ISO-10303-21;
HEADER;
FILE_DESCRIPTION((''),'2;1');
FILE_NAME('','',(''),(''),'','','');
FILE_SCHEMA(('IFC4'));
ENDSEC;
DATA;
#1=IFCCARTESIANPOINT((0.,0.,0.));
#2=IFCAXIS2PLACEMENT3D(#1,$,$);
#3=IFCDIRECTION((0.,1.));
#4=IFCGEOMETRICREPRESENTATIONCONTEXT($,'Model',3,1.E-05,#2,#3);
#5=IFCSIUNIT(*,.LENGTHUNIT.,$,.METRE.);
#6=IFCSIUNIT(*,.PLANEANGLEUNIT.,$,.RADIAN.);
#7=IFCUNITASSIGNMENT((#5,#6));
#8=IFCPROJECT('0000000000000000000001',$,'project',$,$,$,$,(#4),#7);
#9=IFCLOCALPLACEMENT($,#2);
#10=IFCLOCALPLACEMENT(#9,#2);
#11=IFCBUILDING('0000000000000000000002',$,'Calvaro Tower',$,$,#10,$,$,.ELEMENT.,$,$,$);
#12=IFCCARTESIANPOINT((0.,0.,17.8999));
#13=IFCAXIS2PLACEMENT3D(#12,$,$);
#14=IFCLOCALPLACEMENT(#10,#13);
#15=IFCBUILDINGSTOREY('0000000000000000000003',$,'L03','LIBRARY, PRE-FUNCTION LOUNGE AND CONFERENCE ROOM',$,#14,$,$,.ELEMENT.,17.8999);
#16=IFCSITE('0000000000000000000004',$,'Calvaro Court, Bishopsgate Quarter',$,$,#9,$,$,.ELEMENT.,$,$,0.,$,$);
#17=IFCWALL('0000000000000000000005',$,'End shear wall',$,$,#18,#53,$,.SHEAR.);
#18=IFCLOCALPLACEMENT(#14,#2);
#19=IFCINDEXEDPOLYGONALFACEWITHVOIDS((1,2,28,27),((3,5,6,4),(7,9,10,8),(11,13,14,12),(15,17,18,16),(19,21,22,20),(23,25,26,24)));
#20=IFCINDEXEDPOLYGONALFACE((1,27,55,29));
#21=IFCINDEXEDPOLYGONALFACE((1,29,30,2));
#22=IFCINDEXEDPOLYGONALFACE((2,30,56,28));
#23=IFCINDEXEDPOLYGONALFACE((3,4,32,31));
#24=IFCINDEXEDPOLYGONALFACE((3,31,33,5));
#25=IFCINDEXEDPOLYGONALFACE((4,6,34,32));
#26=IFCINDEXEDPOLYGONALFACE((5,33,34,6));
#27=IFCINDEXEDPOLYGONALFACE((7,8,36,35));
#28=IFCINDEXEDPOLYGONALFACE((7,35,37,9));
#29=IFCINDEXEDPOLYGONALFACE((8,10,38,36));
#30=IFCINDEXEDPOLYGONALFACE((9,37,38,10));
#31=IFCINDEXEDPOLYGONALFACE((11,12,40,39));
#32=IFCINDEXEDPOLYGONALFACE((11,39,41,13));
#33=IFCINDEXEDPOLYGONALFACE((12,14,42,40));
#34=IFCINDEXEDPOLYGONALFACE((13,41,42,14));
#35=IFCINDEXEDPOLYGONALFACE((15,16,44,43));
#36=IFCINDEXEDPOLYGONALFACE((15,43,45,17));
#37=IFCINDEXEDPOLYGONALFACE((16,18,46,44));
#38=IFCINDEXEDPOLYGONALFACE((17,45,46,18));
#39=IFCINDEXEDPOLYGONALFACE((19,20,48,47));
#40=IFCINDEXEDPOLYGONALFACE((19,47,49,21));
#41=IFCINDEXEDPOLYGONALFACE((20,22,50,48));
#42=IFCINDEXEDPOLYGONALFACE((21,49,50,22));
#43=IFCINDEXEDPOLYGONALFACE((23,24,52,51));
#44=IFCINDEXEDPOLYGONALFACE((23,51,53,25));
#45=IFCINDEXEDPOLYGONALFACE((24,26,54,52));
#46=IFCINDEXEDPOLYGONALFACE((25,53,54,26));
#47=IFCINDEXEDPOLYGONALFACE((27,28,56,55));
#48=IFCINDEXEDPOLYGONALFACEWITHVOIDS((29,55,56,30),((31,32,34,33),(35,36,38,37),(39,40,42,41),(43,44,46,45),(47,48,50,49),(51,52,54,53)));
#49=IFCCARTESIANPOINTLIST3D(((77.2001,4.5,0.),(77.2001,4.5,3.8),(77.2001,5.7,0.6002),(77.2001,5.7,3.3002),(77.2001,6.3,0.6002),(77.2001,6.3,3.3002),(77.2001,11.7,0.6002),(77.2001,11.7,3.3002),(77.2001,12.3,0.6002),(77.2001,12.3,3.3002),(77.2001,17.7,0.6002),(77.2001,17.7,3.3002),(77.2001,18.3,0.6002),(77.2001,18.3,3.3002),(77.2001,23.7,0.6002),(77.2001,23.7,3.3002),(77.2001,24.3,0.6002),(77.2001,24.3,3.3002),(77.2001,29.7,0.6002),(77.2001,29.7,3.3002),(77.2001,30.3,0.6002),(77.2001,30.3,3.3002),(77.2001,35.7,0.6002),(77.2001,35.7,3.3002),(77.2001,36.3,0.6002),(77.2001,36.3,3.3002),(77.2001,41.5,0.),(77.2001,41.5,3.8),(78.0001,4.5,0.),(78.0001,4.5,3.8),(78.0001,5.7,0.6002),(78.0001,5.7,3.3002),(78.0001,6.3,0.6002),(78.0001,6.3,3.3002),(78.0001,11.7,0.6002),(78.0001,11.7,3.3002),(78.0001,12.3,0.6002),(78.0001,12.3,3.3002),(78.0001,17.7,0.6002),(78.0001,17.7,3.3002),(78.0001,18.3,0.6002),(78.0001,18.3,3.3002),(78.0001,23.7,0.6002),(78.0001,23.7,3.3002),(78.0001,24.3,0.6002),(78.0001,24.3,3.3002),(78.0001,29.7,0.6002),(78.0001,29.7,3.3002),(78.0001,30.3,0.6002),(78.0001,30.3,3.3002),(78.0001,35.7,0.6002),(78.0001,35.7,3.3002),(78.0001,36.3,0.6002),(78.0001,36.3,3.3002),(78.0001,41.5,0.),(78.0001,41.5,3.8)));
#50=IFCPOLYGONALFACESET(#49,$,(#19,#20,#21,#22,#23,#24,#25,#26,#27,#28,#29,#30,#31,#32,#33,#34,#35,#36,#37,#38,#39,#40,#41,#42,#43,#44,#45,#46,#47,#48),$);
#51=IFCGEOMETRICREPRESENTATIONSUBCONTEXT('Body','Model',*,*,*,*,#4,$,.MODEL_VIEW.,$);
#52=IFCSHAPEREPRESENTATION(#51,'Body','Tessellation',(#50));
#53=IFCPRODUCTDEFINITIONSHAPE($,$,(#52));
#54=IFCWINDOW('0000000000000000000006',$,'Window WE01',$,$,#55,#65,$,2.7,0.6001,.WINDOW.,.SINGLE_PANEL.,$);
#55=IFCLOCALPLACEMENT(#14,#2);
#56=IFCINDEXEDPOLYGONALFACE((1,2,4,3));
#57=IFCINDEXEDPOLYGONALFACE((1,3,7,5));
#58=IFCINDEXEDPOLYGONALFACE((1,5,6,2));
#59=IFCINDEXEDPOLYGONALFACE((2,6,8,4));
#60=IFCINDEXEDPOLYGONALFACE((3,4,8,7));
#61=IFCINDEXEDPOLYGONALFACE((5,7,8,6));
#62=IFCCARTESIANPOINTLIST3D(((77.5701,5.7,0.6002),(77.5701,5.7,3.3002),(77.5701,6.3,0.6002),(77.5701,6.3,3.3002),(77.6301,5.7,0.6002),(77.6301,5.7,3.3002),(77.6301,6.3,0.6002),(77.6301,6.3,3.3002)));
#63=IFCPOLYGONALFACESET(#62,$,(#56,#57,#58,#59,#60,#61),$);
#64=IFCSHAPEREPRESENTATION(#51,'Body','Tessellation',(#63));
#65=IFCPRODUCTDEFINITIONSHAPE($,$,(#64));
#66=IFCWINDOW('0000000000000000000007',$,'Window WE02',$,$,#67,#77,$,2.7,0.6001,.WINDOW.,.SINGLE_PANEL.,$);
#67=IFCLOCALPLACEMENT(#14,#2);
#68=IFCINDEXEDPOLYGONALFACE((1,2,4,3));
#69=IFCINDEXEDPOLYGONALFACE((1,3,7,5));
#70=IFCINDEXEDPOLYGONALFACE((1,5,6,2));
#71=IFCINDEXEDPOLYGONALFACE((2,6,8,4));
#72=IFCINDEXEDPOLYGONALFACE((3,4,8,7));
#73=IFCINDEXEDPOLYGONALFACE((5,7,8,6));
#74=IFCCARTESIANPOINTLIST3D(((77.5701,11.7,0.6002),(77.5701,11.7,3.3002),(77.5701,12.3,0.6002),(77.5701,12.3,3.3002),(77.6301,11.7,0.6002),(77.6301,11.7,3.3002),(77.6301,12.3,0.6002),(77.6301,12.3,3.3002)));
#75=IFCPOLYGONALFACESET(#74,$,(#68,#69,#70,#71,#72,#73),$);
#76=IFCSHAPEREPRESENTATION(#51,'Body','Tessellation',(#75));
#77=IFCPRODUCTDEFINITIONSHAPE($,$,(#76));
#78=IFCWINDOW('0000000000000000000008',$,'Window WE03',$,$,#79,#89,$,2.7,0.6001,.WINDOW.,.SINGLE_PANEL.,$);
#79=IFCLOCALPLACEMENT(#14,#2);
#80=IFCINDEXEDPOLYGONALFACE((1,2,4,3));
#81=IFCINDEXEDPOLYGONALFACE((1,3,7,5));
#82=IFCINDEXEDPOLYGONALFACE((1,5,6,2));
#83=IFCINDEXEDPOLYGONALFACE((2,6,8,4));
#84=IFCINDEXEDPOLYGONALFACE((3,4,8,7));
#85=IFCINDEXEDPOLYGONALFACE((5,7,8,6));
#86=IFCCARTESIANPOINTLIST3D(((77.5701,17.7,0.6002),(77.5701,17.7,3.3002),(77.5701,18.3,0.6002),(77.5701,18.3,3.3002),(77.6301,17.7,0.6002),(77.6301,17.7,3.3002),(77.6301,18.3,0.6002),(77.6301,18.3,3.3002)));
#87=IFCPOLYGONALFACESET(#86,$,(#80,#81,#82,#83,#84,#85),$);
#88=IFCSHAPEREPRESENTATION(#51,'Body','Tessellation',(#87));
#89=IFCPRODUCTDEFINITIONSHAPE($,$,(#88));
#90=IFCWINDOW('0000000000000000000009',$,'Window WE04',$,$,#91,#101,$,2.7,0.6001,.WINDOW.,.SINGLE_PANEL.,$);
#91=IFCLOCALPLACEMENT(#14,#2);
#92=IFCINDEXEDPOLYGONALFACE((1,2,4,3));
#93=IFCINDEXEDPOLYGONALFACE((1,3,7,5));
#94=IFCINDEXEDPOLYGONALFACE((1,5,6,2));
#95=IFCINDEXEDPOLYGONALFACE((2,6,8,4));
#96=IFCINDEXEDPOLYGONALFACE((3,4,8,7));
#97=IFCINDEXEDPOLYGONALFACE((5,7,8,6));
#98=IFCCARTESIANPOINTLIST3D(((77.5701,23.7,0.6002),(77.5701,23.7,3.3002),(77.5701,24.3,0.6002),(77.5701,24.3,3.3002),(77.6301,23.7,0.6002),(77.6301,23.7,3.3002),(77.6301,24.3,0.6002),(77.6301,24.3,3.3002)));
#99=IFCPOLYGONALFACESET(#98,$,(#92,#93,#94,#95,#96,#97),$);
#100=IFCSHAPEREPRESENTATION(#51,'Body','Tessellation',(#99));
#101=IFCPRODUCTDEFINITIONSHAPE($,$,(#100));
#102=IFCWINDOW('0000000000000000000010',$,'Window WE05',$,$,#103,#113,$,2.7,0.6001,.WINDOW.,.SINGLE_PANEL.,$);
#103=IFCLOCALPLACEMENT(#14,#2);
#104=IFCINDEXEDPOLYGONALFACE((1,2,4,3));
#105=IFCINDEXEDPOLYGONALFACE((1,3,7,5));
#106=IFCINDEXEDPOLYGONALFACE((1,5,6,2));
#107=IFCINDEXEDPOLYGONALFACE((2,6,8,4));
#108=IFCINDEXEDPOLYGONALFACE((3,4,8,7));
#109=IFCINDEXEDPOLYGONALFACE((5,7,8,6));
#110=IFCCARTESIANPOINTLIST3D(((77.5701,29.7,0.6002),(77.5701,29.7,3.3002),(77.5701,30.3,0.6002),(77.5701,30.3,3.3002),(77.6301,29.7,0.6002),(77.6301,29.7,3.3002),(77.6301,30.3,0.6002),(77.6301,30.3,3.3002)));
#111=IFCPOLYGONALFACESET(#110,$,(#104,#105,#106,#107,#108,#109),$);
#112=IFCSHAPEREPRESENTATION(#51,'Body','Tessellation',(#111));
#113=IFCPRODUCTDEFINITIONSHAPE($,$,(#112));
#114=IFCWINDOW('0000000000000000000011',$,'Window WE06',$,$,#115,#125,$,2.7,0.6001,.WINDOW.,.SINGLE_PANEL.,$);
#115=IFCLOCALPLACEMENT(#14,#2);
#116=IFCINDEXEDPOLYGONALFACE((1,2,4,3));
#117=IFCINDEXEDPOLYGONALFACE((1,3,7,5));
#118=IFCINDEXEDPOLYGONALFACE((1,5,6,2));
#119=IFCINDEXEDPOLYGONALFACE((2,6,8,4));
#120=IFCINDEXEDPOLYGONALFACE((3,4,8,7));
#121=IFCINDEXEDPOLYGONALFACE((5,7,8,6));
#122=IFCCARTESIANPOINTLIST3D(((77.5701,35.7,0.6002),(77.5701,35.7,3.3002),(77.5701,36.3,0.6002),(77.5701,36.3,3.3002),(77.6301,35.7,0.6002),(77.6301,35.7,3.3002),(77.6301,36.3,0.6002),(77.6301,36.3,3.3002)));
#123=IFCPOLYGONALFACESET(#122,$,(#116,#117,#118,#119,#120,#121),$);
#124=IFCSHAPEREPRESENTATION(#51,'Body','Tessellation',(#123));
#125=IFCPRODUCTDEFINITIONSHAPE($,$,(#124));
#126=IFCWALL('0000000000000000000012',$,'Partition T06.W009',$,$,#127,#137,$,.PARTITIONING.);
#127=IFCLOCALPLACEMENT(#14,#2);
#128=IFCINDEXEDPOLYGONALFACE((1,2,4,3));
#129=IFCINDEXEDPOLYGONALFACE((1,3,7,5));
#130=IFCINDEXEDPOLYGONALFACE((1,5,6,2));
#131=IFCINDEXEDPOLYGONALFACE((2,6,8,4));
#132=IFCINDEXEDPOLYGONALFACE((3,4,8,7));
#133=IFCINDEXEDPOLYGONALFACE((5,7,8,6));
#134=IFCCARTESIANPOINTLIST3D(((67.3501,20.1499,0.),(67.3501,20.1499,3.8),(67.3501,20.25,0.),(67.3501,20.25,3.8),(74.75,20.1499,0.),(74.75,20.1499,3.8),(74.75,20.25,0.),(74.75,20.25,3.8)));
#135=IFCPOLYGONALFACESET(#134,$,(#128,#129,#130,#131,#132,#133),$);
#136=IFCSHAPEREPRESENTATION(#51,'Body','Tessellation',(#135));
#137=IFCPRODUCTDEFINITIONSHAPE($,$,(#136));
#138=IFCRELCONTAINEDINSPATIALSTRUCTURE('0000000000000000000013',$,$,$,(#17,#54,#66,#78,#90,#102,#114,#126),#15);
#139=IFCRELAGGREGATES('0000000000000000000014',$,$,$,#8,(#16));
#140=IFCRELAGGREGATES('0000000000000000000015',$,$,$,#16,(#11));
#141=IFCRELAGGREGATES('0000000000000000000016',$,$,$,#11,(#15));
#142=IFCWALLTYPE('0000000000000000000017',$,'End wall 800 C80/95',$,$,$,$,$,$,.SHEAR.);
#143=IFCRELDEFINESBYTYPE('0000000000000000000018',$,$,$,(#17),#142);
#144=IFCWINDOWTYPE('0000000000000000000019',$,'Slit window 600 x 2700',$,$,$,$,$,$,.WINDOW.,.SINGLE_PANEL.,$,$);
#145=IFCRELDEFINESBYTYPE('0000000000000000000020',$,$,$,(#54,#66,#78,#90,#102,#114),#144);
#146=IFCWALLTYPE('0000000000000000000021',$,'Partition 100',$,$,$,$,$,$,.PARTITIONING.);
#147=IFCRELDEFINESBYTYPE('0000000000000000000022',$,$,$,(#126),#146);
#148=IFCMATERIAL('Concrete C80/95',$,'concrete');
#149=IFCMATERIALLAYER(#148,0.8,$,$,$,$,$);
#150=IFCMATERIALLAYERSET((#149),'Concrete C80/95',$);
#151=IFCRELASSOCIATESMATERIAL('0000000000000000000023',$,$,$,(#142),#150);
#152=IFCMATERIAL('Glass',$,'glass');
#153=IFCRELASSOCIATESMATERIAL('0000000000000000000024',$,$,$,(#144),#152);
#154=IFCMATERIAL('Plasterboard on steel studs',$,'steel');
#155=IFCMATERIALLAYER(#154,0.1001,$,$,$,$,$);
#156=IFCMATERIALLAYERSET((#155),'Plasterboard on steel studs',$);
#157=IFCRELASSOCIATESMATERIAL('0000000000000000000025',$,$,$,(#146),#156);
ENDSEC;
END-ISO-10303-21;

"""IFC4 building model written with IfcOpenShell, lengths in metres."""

from ifc_helpers import new_model, si_unit, direction, frame, frame_2d, origin, place, context, subcontext, project, spatial, rectangle, extrude, material, layer, layer_set, type_object, element, fill, save


model = new_model("IFC4")

# Units and contexts
model_context = context("Model", 3, precision=1e-05, world=origin(), true_north=direction((0.0, 1.0)))
body_context = subcontext(model_context, "Body", "Model", "MODEL_VIEW")
ifc_project = project(units=[si_unit("LENGTHUNIT", "METRE"), si_unit("PLANEANGLEUNIT", "RADIAN")], contexts=[model_context])

# Site, building, storey
site_placement = place(None, origin())
site = spatial("IfcSite", under=ifc_project, at=site_placement, Name="Calvaro Court, Bishopsgate Quarter", CompositionType="ELEMENT", RefElevation=0.0)
building_placement = place(site_placement, origin())
building = spatial("IfcBuilding", under=site, at=building_placement, Name="Calvaro Tower", CompositionType="ELEMENT")
storey_placement = place(building_placement, frame((0.0, 0.0, 17.8999)))
storey = spatial("IfcBuildingStorey", under=building, at=storey_placement, Name="L03", Description="LIBRARY, PRE-FUNCTION LOUNGE AND CONFERENCE ROOM", CompositionType="ELEMENT", Elevation=17.8999)

# Wall, openings, windows
ifc_material_1 = material(Name="Concrete C80/95", Category="concrete")
ifc_layer_1 = layer(ifc_material_1, 0.8)
ifc_layer_set_1 = layer_set([ifc_layer_1], Name="Concrete C80/95")
wall_type_1 = type_object("IfcWallType", Name="End wall 800 C80/95", PredefinedType="SHEAR", material=ifc_layer_set_1)
wall_1_placement = place(storey_placement, frame((77.6001, 4.5, 0.0), z_axis=(0.0, 0.0, 1.0), x_axis=(0.0, 1.0, 0.0)))
wall_1 = element("IfcWall", 1, at=wall_1_placement, inside=storey, type_object=wall_type_1, Name="End shear wall", PredefinedType="SHEAR", context=body_context, shape_type="SweptSolid", body=[
    extrude(rectangle(XDim=37.0, YDim=0.8, at=frame_2d((18.5, 0.0))), origin(), (0.0, 0.0, 1.0), 3.8),
])
opening_1_placement = place(wall_1_placement, frame((1.2, 0.0, 0.6001)))
opening_1 = element("IfcOpeningElement", 2, at=opening_1_placement, cuts=wall_1, PredefinedType="OPENING", context=body_context, shape_type="SweptSolid", body=[
    extrude(rectangle(XDim=0.6001, YDim=2.7, at=frame_2d((0.3, 1.3501))), frame((0.0, 0.4099, 0.0), z_axis=(0.0, -1.0, 0.0), x_axis=(1.0, 0.0, 0.0)), (0.0, 0.0, 1.0), 0.8201),
])
opening_2_placement = place(wall_1_placement, frame((7.2, 0.0, 0.6001)))
opening_2 = element("IfcOpeningElement", 3, at=opening_2_placement, cuts=wall_1, PredefinedType="OPENING", context=body_context, shape_type="SweptSolid", body=[
    extrude(rectangle(XDim=0.6001, YDim=2.7, at=frame_2d((0.3, 1.3501))), frame((0.0, 0.4099, 0.0), z_axis=(0.0, -1.0, 0.0), x_axis=(1.0, 0.0, 0.0)), (0.0, 0.0, 1.0), 0.8201),
])
opening_3_placement = place(wall_1_placement, frame((13.2, 0.0, 0.6001)))
opening_3 = element("IfcOpeningElement", 4, at=opening_3_placement, cuts=wall_1, PredefinedType="OPENING", context=body_context, shape_type="SweptSolid", body=[
    extrude(rectangle(XDim=0.6001, YDim=2.7, at=frame_2d((0.3, 1.3501))), frame((0.0, 0.4099, 0.0), z_axis=(0.0, -1.0, 0.0), x_axis=(1.0, 0.0, 0.0)), (0.0, 0.0, 1.0), 0.8201),
])
opening_4_placement = place(wall_1_placement, frame((19.2, 0.0, 0.6001)))
opening_4 = element("IfcOpeningElement", 5, at=opening_4_placement, cuts=wall_1, PredefinedType="OPENING", context=body_context, shape_type="SweptSolid", body=[
    extrude(rectangle(XDim=0.6001, YDim=2.7, at=frame_2d((0.3, 1.3501))), frame((0.0, 0.4099, 0.0), z_axis=(0.0, -1.0, 0.0), x_axis=(1.0, 0.0, 0.0)), (0.0, 0.0, 1.0), 0.8201),
])
opening_5_placement = place(wall_1_placement, frame((25.2, 0.0, 0.6001)))
opening_5 = element("IfcOpeningElement", 6, at=opening_5_placement, cuts=wall_1, PredefinedType="OPENING", context=body_context, shape_type="SweptSolid", body=[
    extrude(rectangle(XDim=0.6001, YDim=2.7, at=frame_2d((0.3, 1.3501))), frame((0.0, 0.4099, 0.0), z_axis=(0.0, -1.0, 0.0), x_axis=(1.0, 0.0, 0.0)), (0.0, 0.0, 1.0), 0.8201),
])
opening_6_placement = place(wall_1_placement, frame((31.2, 0.0, 0.6001)))
opening_6 = element("IfcOpeningElement", 7, at=opening_6_placement, cuts=wall_1, PredefinedType="OPENING", context=body_context, shape_type="SweptSolid", body=[
    extrude(rectangle(XDim=0.6001, YDim=2.7, at=frame_2d((0.3, 1.3501))), frame((0.0, 0.4099, 0.0), z_axis=(0.0, -1.0, 0.0), x_axis=(1.0, 0.0, 0.0)), (0.0, 0.0, 1.0), 0.8201),
])
ifc_material_2 = material(Name="Glass", Category="glass")
window_type = type_object("IfcWindowType", Name="Slit window 600 x 2700", PartitioningType="SINGLE_PANEL", PredefinedType="WINDOW", material=ifc_material_2)
window_1_placement = place(opening_1_placement, origin())
window_1 = element("IfcWindow", 8, at=window_1_placement, inside=storey, type_object=window_type, Name="Window WE01", OverallHeight=2.7, OverallWidth=0.6001, PartitioningType="SINGLE_PANEL", PredefinedType="WINDOW", context=body_context, shape_type="SweptSolid", body=[
    extrude(rectangle(XDim=0.6001, YDim=2.7, at=frame_2d((0.3, 1.3501))), frame((0.0, 0.03, 0.0), z_axis=(0.0, -1.0, 0.0), x_axis=(1.0, 0.0, 0.0)), (0.0, 0.0, 1.0), 0.0601),
])
fill(opening_1, window_1)
window_2_placement = place(opening_2_placement, origin())
window_2 = element("IfcWindow", 9, at=window_2_placement, inside=storey, type_object=window_type, Name="Window WE02", OverallHeight=2.7, OverallWidth=0.6001, PartitioningType="SINGLE_PANEL", PredefinedType="WINDOW", context=body_context, shape_type="SweptSolid", body=[
    extrude(rectangle(XDim=0.6001, YDim=2.7, at=frame_2d((0.3, 1.3501))), frame((0.0, 0.03, 0.0), z_axis=(0.0, -1.0, 0.0), x_axis=(1.0, 0.0, 0.0)), (0.0, 0.0, 1.0), 0.0601),
])
fill(opening_2, window_2)
window_3_placement = place(opening_3_placement, origin())
window_3 = element("IfcWindow", 10, at=window_3_placement, inside=storey, type_object=window_type, Name="Window WE03", OverallHeight=2.7, OverallWidth=0.6001, PartitioningType="SINGLE_PANEL", PredefinedType="WINDOW", context=body_context, shape_type="SweptSolid", body=[
    extrude(rectangle(XDim=0.6001, YDim=2.7, at=frame_2d((0.3, 1.3501))), frame((0.0, 0.03, 0.0), z_axis=(0.0, -1.0, 0.0), x_axis=(1.0, 0.0, 0.0)), (0.0, 0.0, 1.0), 0.0601),
])
fill(opening_3, window_3)
window_4_placement = place(opening_4_placement, origin())
window_4 = element("IfcWindow", 11, at=window_4_placement, inside=storey, type_object=window_type, Name="Window WE04", OverallHeight=2.7, OverallWidth=0.6001, PartitioningType="SINGLE_PANEL", PredefinedType="WINDOW", context=body_context, shape_type="SweptSolid", body=[
    extrude(rectangle(XDim=0.6001, YDim=2.7, at=frame_2d((0.3, 1.3501))), frame((0.0, 0.03, 0.0), z_axis=(0.0, -1.0, 0.0), x_axis=(1.0, 0.0, 0.0)), (0.0, 0.0, 1.0), 0.0601),
])
fill(opening_4, window_4)
window_5_placement = place(opening_5_placement, origin())
window_5 = element("IfcWindow", 12, at=window_5_placement, inside=storey, type_object=window_type, Name="Window WE05", OverallHeight=2.7, OverallWidth=0.6001, PartitioningType="SINGLE_PANEL", PredefinedType="WINDOW", context=body_context, shape_type="SweptSolid", body=[
    extrude(rectangle(XDim=0.6001, YDim=2.7, at=frame_2d((0.3, 1.3501))), frame((0.0, 0.03, 0.0), z_axis=(0.0, -1.0, 0.0), x_axis=(1.0, 0.0, 0.0)), (0.0, 0.0, 1.0), 0.0601),
])
fill(opening_5, window_5)
window_6_placement = place(opening_6_placement, origin())
window_6 = element("IfcWindow", 13, at=window_6_placement, inside=storey, type_object=window_type, Name="Window WE06", OverallHeight=2.7, OverallWidth=0.6001, PartitioningType="SINGLE_PANEL", PredefinedType="WINDOW", context=body_context, shape_type="SweptSolid", body=[
    extrude(rectangle(XDim=0.6001, YDim=2.7, at=frame_2d((0.3, 1.3501))), frame((0.0, 0.03, 0.0), z_axis=(0.0, -1.0, 0.0), x_axis=(1.0, 0.0, 0.0)), (0.0, 0.0, 1.0), 0.0601),
])
fill(opening_6, window_6)

# Wall
ifc_material_3 = material(Name="Plasterboard on steel studs", Category="steel")
ifc_layer_2 = layer(ifc_material_3, 0.1001)
ifc_layer_set_2 = layer_set([ifc_layer_2], Name="Plasterboard on steel studs")
wall_type_2 = type_object("IfcWallType", Name="Partition 100", PredefinedType="PARTITIONING", material=ifc_layer_set_2)
wall_2_placement = place(storey_placement, frame((67.3501, 20.2, 0.0), z_axis=(0.0, 0.0, 1.0), x_axis=(1.0, 0.0, 0.0)))
element("IfcWall", 14, at=wall_2_placement, inside=storey, type_object=wall_type_2, Name="Partition T06.W009", PredefinedType="PARTITIONING", context=body_context, shape_type="SweptSolid", body=[
    extrude(rectangle(XDim=7.3999, YDim=0.1001, at=frame_2d((3.7, 0.0))), origin(), (0.0, 0.0, 1.0), 3.8),
])

save(model, "model.ifc")
